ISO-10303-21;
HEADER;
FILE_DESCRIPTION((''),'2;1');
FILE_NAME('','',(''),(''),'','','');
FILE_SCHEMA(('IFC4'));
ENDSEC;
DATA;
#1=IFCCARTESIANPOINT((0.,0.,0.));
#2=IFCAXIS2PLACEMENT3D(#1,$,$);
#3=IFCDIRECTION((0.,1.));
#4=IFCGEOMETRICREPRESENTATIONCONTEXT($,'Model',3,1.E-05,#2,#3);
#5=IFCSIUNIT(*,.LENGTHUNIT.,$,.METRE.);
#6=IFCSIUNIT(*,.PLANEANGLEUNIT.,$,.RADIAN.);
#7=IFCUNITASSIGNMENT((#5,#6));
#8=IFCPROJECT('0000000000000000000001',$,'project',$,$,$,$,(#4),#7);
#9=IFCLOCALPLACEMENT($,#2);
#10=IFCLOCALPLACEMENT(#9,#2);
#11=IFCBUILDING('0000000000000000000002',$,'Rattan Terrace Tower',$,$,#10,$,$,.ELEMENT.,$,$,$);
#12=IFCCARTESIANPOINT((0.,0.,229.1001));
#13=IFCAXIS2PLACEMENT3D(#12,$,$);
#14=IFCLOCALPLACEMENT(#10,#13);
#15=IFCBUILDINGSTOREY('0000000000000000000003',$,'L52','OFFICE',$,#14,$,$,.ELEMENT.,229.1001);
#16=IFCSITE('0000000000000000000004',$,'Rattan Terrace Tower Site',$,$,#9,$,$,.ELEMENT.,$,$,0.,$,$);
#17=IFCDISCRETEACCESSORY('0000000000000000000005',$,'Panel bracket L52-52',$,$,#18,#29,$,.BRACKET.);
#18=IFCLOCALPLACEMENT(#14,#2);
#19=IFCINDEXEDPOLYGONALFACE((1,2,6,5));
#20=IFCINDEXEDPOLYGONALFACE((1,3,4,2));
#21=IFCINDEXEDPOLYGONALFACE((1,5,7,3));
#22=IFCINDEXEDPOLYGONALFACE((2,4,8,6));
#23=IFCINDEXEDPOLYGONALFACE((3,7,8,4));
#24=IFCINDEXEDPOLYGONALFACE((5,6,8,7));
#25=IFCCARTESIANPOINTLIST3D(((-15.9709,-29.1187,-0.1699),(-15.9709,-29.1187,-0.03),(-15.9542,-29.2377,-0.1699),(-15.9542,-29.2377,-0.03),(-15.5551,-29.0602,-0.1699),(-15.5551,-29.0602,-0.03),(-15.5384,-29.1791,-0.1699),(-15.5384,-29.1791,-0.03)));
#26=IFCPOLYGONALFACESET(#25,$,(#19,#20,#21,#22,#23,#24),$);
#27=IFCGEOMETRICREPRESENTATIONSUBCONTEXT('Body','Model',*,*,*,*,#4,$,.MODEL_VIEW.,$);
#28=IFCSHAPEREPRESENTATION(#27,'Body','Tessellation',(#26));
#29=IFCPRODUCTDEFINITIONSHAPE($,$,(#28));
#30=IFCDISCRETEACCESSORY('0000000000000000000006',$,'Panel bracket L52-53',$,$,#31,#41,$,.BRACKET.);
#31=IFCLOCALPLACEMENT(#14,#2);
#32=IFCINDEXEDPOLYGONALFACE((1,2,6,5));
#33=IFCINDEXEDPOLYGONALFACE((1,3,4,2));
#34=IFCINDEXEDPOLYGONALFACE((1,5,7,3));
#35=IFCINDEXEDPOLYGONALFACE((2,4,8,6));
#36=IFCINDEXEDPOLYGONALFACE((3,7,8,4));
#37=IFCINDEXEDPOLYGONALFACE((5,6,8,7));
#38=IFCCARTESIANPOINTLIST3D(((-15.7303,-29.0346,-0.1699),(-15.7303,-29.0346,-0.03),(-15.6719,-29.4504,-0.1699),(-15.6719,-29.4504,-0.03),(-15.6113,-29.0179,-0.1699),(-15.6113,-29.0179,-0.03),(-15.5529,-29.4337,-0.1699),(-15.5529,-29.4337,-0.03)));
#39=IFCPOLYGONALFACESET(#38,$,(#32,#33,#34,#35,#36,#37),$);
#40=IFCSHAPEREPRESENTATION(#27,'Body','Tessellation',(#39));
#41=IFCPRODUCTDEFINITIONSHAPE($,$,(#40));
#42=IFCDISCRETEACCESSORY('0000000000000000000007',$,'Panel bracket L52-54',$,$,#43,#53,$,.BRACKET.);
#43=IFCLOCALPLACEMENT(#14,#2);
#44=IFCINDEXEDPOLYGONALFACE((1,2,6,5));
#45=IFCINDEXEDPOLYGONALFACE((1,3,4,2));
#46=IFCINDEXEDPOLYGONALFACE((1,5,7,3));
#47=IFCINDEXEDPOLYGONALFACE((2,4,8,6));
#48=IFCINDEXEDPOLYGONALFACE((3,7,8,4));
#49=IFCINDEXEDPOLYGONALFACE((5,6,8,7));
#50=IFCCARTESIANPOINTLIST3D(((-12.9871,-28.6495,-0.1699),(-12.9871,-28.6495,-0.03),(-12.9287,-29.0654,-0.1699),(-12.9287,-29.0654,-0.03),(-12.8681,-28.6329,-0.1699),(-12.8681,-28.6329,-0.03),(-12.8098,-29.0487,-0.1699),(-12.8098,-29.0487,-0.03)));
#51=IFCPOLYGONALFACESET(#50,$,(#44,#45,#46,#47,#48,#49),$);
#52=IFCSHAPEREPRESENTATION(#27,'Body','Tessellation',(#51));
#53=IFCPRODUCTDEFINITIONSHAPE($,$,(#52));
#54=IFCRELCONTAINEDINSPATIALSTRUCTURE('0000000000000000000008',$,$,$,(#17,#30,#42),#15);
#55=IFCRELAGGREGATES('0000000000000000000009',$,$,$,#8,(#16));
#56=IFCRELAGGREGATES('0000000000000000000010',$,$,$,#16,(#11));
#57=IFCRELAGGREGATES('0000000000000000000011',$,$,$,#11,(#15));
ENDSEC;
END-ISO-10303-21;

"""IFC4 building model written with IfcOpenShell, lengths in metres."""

from ifc_helpers import new_model, si_unit, direction, frame, origin, origin_2d, place, context, subcontext, project, spatial, rectangle, extrude, element, save


model = new_model("IFC4")

# Units and contexts
model_context = context("Model", 3, precision=1e-05, world=origin(), true_north=direction((0.0, 1.0)))
body_context = subcontext(model_context, "Body", "Model", "MODEL_VIEW")
ifc_project = project(units=[si_unit("LENGTHUNIT", "METRE"), si_unit("PLANEANGLEUNIT", "RADIAN")], contexts=[model_context])

# Site, building, storey
site_placement = place(None, origin())
site = spatial("IfcSite", under=ifc_project, at=site_placement, Name="Rattan Terrace Tower Site", CompositionType="ELEMENT", RefElevation=0.0)
building_placement = place(site_placement, origin())
building = spatial("IfcBuilding", under=site, at=building_placement, Name="Rattan Terrace Tower", CompositionType="ELEMENT")
storey_placement = place(building_placement, frame((0.0, 0.0, 229.1001)))
storey = spatial("IfcBuildingStorey", under=building, at=storey_placement, Name="L52", Description="OFFICE", CompositionType="ELEMENT", Elevation=229.1001)

# Discrete accessories
for number, where, z_axis, x_axis, name in (
    (1, (-15.7546, -29.1489, -0.1699), (0.0, 0.0, 1.0), (0.139321, -0.990247, 0.0), "Panel bracket L52-52"),
    (2, (-15.6416, -29.2341, -0.1699), (0.0, 0.0, 1.0), (0.990293, 0.138994, 0.0), "Panel bracket L52-53"),
    (3, (-12.8984, -28.8491, -0.1699), (0.0, 0.0, 1.0), (0.990293, 0.138994, 0.0), "Panel bracket L52-54"),
):
    element("IfcDiscreteAccessory", number, at=place(storey_placement, frame(where, z_axis=z_axis, x_axis=x_axis)), inside=storey, Name=name, PredefinedType="BRACKET", context=body_context, shape_type="SweptSolid", body=[
        extrude(rectangle(XDim=0.1201, YDim=0.4199, at=origin_2d()), origin(), (0.0, 0.0, 1.0), 0.1399),
    ])

save(model, "model.ifc")
